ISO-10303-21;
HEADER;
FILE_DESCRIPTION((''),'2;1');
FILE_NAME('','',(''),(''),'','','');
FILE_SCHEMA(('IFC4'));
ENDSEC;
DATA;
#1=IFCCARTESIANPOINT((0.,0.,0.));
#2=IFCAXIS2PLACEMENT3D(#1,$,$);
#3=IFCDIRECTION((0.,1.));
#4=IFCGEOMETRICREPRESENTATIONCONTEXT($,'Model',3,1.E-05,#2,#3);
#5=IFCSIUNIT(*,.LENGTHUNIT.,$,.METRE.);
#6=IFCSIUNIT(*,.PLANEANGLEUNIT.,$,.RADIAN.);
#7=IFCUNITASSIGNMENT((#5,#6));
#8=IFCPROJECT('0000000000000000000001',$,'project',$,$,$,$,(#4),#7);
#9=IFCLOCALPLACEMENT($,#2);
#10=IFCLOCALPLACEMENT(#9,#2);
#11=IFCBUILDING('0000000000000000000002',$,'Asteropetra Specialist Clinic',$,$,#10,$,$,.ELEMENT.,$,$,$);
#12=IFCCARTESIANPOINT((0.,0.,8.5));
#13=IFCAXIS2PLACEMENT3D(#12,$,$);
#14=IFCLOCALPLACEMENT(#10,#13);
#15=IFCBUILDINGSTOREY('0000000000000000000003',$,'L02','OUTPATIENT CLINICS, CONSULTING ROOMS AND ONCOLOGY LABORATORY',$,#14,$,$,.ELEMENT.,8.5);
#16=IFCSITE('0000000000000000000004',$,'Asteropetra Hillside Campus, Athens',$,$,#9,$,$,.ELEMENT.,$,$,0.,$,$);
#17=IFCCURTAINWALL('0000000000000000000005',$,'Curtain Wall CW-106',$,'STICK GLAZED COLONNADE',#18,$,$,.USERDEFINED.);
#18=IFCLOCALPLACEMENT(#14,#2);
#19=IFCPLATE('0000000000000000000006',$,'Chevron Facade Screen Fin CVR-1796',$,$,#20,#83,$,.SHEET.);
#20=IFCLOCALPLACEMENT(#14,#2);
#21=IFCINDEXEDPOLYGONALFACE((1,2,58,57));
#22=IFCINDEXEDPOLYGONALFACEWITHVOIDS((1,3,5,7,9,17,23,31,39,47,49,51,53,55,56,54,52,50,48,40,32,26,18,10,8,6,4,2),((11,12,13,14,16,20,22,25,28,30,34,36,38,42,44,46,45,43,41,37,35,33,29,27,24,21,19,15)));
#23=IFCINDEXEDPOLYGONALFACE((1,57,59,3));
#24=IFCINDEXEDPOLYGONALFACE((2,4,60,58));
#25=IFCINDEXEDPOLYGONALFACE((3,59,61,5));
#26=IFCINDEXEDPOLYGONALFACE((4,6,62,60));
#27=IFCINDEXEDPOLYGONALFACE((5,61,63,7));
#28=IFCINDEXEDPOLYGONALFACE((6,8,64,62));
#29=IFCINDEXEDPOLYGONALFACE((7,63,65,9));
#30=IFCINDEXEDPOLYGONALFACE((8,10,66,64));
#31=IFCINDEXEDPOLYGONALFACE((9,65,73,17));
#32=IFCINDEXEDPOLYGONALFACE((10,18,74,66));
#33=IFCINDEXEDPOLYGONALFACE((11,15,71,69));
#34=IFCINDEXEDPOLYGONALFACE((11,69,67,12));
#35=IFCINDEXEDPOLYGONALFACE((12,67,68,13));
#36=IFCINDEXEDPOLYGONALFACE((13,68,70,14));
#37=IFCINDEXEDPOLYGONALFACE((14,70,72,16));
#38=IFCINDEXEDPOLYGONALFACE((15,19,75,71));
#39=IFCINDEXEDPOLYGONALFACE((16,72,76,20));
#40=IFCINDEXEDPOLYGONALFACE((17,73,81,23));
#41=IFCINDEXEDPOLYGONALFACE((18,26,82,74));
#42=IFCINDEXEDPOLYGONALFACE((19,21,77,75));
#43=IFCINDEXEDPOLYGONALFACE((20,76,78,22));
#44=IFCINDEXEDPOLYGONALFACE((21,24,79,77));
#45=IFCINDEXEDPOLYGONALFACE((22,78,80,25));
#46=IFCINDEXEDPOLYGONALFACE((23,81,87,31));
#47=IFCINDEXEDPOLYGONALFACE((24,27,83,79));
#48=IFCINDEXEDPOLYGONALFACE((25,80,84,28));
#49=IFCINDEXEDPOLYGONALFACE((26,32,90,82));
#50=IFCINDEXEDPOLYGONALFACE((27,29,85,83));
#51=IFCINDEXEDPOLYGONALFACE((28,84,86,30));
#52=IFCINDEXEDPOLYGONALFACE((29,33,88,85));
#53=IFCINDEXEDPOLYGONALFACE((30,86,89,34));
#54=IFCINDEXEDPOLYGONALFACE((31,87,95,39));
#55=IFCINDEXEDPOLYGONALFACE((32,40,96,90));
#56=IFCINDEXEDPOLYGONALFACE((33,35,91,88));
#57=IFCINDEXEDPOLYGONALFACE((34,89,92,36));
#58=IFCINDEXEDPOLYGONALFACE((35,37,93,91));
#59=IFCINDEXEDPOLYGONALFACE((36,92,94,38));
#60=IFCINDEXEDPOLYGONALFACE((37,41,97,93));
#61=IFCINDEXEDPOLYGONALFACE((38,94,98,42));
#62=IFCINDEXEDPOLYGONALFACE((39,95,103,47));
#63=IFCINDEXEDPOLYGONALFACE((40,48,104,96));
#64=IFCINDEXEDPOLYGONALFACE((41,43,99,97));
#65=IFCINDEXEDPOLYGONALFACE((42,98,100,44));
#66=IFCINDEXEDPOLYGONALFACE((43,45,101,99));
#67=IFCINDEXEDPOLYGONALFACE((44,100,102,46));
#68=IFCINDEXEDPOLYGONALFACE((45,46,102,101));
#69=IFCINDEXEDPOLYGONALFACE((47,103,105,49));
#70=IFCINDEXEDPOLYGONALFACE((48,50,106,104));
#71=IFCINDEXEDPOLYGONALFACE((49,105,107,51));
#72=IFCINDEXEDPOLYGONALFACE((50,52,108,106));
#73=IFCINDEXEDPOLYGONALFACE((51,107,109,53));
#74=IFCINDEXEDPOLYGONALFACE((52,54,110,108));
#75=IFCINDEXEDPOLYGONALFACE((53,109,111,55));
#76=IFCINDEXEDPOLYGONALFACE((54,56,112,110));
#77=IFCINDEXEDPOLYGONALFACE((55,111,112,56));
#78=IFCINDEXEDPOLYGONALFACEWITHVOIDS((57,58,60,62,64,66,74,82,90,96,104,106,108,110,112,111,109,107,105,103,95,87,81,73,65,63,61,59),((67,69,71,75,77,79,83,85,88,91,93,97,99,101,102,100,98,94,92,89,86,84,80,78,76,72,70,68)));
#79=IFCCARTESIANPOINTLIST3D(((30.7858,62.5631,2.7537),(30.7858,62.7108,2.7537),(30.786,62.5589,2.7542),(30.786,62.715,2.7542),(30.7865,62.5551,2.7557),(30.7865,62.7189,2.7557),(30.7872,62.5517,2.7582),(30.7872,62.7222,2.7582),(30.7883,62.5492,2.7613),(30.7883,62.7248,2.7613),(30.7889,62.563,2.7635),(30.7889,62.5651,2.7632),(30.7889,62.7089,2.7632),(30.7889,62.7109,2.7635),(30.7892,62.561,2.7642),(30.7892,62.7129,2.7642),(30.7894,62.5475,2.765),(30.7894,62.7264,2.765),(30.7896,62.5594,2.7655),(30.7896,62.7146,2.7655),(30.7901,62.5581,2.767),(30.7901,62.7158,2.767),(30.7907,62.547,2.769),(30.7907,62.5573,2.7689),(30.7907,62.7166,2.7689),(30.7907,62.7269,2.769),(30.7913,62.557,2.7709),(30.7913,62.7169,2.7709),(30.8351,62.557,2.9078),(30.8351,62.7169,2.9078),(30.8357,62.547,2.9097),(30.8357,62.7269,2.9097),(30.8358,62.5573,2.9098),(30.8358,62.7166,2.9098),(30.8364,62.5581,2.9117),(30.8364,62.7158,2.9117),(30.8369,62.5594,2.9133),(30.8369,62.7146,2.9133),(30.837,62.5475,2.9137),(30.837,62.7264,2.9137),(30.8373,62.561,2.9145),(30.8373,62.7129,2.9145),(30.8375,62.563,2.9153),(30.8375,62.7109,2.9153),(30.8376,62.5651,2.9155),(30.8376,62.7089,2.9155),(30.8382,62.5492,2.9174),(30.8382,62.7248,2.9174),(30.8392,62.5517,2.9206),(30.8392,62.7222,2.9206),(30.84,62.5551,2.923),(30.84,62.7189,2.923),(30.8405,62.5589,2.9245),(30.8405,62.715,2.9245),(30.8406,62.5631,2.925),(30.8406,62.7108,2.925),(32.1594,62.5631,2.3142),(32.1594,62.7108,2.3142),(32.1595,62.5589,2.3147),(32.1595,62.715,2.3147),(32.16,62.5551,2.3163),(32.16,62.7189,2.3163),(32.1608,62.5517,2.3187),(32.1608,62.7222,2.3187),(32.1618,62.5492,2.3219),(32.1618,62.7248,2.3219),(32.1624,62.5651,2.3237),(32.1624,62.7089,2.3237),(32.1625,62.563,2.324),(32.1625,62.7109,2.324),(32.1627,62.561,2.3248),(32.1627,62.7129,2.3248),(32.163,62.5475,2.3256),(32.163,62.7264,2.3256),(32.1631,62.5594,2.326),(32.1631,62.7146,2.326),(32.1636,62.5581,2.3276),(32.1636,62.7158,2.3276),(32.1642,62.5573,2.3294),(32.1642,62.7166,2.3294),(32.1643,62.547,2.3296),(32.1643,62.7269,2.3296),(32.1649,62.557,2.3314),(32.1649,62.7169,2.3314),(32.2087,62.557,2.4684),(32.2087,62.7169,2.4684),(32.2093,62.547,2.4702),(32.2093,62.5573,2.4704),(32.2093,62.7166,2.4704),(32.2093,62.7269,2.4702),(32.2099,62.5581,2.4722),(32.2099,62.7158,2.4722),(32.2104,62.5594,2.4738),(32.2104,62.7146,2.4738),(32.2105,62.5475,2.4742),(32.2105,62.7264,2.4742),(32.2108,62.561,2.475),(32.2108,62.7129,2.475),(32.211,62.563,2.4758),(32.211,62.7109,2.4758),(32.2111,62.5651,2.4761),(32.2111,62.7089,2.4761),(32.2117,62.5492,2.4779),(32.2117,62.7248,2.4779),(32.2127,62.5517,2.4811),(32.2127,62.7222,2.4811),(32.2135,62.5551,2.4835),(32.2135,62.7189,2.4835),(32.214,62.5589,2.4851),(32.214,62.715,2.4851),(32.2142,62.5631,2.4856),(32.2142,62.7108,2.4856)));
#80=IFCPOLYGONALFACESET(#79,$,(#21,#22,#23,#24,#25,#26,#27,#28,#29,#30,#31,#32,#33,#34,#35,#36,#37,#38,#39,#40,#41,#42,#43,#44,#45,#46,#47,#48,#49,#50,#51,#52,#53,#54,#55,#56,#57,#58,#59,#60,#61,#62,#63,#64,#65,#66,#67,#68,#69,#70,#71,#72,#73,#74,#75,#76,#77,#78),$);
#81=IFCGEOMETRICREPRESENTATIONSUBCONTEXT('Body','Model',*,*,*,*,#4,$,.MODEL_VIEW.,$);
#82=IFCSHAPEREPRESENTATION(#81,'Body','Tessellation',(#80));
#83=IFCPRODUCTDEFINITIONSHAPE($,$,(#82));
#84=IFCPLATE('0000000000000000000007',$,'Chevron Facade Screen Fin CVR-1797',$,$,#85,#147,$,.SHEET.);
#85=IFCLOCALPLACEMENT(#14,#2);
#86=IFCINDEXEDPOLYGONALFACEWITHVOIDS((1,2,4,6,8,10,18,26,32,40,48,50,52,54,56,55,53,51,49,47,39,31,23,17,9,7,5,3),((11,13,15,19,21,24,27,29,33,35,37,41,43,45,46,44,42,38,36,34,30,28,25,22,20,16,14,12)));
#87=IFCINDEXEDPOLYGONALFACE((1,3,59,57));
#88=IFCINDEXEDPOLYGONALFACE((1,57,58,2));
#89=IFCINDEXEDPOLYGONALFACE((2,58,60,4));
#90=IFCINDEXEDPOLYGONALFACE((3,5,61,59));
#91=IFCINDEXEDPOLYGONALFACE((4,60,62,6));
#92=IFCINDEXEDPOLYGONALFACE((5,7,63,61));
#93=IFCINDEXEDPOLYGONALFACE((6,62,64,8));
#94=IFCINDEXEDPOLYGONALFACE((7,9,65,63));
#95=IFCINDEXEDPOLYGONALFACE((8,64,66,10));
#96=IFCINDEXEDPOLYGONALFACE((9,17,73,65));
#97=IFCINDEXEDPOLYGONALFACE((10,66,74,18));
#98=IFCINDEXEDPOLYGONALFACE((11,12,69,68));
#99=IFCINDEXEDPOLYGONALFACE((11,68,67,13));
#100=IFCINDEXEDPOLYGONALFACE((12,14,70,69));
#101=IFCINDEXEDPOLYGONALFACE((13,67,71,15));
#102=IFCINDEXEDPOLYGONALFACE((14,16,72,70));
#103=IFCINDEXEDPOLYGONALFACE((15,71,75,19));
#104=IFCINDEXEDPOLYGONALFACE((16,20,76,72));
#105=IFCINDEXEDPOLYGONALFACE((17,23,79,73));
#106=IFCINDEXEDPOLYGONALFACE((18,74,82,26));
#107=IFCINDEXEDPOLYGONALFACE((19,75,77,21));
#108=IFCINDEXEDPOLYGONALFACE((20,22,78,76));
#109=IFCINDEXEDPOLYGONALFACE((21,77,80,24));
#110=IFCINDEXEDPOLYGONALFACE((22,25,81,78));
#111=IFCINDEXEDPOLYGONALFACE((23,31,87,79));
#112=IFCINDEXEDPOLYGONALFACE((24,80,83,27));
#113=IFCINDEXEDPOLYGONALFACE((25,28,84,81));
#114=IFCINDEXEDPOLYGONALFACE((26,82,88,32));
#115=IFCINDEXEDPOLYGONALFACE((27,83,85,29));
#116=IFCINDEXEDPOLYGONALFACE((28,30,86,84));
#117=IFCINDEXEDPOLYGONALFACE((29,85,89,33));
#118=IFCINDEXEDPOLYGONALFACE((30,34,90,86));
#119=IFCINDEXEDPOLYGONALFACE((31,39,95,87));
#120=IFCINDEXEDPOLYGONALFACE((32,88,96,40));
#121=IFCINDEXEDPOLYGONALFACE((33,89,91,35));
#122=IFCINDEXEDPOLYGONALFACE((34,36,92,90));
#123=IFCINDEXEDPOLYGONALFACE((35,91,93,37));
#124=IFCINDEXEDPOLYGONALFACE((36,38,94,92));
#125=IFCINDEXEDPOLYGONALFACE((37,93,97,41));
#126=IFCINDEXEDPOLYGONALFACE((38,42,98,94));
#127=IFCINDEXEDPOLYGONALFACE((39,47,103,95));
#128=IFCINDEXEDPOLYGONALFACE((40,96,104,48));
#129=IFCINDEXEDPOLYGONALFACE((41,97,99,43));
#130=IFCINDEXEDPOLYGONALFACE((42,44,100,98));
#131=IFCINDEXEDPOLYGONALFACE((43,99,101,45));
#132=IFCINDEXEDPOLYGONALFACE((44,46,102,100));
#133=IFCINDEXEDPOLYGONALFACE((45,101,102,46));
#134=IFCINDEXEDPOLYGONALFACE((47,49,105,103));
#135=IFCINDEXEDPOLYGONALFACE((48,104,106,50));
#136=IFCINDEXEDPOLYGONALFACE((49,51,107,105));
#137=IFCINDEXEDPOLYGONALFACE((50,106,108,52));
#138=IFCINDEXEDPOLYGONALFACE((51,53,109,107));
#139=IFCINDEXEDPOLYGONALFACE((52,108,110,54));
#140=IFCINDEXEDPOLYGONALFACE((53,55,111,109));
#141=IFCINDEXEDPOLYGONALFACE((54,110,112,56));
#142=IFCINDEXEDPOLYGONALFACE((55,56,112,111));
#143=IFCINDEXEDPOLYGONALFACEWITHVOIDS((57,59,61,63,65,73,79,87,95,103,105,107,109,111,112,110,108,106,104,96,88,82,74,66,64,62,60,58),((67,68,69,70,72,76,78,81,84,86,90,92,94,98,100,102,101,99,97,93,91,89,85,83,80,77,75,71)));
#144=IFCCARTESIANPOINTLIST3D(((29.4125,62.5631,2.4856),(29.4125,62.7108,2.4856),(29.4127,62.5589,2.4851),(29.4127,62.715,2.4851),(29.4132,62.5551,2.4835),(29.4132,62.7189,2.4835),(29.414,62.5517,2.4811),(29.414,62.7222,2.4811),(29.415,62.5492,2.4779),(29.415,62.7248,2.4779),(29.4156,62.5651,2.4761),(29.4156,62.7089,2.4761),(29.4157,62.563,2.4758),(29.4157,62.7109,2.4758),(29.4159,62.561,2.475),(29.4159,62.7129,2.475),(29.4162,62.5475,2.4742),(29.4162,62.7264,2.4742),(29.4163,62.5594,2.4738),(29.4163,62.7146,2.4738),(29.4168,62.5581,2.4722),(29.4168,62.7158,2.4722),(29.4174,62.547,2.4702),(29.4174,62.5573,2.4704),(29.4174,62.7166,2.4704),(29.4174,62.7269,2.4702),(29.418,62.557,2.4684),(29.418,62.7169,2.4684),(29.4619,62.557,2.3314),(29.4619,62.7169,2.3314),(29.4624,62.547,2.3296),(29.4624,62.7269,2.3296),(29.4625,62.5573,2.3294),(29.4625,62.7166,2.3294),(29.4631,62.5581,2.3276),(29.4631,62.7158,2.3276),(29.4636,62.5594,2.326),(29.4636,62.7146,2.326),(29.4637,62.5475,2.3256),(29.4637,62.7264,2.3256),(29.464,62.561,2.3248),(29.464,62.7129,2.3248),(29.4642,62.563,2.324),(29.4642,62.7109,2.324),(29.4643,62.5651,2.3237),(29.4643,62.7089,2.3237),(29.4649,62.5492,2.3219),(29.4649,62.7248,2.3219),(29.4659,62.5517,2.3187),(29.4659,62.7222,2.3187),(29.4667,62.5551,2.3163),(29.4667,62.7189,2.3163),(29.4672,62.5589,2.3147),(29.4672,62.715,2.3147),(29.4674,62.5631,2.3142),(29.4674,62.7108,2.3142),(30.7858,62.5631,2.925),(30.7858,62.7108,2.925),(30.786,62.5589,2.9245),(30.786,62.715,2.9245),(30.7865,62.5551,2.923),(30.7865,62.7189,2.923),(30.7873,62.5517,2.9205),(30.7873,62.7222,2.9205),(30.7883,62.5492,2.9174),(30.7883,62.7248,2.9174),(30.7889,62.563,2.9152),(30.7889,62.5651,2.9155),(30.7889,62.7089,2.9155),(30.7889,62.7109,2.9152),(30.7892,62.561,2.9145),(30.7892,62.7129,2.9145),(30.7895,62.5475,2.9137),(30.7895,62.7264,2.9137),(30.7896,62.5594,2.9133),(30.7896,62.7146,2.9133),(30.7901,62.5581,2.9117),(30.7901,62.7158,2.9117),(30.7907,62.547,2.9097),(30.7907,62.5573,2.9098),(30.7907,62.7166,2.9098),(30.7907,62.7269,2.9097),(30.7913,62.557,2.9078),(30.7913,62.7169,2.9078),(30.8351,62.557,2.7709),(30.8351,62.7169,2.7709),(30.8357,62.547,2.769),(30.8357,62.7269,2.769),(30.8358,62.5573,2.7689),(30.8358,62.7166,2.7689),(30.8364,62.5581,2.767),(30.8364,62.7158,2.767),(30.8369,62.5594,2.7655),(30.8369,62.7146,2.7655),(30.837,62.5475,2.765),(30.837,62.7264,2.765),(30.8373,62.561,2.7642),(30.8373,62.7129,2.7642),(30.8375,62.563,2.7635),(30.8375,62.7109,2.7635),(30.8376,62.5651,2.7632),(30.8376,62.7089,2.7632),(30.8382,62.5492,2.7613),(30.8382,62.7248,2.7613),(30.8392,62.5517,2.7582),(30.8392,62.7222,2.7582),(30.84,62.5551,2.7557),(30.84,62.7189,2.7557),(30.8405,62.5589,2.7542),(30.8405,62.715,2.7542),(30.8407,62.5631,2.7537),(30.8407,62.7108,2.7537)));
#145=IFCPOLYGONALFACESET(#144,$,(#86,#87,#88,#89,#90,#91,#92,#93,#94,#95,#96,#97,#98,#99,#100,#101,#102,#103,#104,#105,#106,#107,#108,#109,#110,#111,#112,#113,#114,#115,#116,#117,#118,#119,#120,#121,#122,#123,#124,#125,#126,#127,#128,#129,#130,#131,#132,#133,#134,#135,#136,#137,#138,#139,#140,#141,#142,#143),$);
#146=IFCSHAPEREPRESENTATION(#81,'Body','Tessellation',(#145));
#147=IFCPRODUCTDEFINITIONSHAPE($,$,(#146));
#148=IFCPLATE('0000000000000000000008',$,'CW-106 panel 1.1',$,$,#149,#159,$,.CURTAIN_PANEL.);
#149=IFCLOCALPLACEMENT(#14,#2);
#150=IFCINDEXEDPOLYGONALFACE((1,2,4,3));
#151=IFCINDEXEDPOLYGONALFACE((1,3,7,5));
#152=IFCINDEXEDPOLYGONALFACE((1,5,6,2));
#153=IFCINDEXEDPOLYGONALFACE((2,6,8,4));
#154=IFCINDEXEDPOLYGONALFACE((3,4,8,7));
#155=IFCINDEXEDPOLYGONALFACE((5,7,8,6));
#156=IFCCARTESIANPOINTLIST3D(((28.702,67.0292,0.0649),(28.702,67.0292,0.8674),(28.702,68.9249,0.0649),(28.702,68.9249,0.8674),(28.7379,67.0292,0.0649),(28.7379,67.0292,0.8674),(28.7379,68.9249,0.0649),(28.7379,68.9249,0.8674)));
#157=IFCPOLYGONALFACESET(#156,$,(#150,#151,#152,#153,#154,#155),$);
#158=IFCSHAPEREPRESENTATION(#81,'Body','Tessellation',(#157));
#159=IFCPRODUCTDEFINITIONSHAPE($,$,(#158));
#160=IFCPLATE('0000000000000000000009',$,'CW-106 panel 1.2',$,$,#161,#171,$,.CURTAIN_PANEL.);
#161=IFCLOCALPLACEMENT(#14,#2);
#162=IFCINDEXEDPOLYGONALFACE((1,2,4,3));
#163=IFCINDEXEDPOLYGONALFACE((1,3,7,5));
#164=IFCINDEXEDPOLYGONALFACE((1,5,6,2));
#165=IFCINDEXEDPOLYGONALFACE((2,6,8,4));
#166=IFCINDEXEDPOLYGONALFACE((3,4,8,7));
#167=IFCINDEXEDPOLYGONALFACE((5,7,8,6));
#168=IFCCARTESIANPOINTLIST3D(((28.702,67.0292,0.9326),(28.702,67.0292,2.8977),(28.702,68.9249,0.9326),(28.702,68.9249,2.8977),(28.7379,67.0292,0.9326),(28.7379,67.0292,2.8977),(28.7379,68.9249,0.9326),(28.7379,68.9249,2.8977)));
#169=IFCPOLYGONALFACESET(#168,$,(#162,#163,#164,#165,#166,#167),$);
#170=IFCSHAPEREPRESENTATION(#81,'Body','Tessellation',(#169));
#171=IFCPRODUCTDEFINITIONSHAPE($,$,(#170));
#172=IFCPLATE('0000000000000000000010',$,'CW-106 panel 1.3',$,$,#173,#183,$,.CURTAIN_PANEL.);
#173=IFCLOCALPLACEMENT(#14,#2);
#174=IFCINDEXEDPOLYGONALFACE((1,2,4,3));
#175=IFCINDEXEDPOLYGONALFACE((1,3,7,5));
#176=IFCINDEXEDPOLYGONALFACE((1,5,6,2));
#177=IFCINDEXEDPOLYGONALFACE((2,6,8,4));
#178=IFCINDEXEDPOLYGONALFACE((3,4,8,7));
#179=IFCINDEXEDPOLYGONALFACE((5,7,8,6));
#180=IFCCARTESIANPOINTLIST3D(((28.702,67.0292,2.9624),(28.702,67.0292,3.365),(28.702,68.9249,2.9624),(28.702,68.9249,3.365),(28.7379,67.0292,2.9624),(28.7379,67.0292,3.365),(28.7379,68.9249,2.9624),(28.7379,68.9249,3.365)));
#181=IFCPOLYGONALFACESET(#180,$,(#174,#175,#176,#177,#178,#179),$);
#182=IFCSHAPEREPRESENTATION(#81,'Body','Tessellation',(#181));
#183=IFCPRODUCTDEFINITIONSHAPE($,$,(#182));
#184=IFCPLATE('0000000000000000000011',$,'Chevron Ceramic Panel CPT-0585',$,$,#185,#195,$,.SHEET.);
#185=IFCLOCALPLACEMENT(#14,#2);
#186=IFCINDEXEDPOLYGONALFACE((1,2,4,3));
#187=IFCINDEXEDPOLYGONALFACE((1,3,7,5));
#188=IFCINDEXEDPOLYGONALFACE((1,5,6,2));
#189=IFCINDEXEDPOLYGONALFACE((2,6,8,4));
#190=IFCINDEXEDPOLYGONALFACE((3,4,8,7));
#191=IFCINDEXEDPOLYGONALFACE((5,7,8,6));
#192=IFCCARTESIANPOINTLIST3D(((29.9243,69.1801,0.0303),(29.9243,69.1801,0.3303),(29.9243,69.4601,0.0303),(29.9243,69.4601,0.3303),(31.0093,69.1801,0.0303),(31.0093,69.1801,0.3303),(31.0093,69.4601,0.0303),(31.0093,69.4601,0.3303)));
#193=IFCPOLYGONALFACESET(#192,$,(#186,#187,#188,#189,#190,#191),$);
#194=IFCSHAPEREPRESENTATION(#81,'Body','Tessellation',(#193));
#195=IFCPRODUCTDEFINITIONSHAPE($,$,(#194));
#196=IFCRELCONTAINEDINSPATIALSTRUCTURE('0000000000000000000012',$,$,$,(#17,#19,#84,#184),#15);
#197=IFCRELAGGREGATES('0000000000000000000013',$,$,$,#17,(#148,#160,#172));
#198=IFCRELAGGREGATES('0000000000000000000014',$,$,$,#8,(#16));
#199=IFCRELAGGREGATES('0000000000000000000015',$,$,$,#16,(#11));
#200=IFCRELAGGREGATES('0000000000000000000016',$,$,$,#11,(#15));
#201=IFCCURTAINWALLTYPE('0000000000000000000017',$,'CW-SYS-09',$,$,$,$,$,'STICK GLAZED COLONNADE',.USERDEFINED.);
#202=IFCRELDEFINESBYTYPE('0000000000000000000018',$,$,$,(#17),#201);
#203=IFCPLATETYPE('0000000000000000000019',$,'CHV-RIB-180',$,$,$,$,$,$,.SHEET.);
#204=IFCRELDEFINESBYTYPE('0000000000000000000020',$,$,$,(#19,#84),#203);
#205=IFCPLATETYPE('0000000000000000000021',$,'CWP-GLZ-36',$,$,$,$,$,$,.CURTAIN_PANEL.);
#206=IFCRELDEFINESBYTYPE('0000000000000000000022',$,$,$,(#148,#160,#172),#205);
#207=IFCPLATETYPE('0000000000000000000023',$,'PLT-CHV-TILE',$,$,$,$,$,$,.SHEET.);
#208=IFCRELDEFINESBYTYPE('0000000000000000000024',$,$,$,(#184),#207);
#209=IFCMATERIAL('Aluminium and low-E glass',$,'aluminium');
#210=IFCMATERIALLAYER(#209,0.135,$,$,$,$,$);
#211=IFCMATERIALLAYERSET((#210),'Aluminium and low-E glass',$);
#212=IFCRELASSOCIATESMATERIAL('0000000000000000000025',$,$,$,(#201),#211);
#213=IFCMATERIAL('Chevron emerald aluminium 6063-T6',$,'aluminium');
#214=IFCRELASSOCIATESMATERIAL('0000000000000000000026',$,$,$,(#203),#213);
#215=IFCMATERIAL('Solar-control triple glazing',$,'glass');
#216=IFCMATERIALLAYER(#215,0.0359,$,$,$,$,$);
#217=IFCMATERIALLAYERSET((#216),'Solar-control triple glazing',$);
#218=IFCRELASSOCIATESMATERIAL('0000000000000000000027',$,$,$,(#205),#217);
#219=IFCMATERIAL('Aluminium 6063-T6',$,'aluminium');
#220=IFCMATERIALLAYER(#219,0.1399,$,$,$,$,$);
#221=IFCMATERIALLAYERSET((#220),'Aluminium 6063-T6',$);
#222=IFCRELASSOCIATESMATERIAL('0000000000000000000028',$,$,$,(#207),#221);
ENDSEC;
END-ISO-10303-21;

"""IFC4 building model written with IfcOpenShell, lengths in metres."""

from ifc_helpers import new_model, si_unit, direction, frame, origin, origin_2d, place, context, subcontext, project, spatial, rectangle, hollow_rectangle, extrude, material, layer, layer_set, material_profile, profile_set, type_object, element, aggregate, save


model = new_model("IFC4")

# Units and contexts
model_context = context("Model", 3, precision=1e-05, world=origin(), true_north=direction((0.0, 1.0)))
body_context = subcontext(model_context, "Body", "Model", "MODEL_VIEW")
ifc_project = project(units=[si_unit("LENGTHUNIT", "METRE"), si_unit("PLANEANGLEUNIT", "RADIAN")], contexts=[model_context])

# Site, building, storey
site_placement = place(None, origin())
site = spatial("IfcSite", under=ifc_project, at=site_placement, Name="Asteropetra Hillside Campus, Athens", CompositionType="ELEMENT", RefElevation=0.0)
building_placement = place(site_placement, origin())
building = spatial("IfcBuilding", under=site, at=building_placement, Name="Asteropetra Specialist Clinic", CompositionType="ELEMENT")
storey_placement = place(building_placement, frame((0.0, 0.0, 8.5)))
storey = spatial("IfcBuildingStorey", under=building, at=storey_placement, Name="L02", Description="OUTPATIENT CLINICS, CONSULTING ROOMS AND ONCOLOGY LABORATORY", CompositionType="ELEMENT", Elevation=8.5)

# Curtain wall
ifc_material_1 = material(Name="Aluminium and low-E glass", Category="aluminium")
ifc_layer_1 = layer(ifc_material_1, 0.135)
ifc_layer_set_1 = layer_set([ifc_layer_1], Name="Aluminium and low-E glass")
curtain_wall_type = type_object("IfcCurtainWallType", Name="CW-SYS-09", ElementType="STICK GLAZED COLONNADE", PredefinedType="USERDEFINED", material=ifc_layer_set_1)
curtain_wall_placement = place(storey_placement, origin())
curtain_wall = element("IfcCurtainWall", 1, at=curtain_wall_placement, inside=storey, type_object=curtain_wall_type, Name="Curtain Wall CW-106", ObjectType="STICK GLAZED COLONNADE", PredefinedType="USERDEFINED")

# Plates
ifc_material_2 = material(Name="Chevron emerald aluminium 6063-T6", Category="aluminium")
ifc_material_profile_1 = material_profile(ifc_material_2, hollow_rectangle(XDim=0.1799, YDim=0.1799, WallThickness=0.01, InnerFilletRadius=0.0081, OuterFilletRadius=0.0161, at=origin_2d()), Name="SHS 180x180x10.0")
ifc_profile_set_1 = profile_set([ifc_material_profile_1], Name="Chevron emerald aluminium 6063-T6")
plate_type_1 = type_object("IfcPlateType", Name="CHV-RIB-180", PredefinedType="SHEET", material=ifc_profile_set_1)
for number, where, z_axis, x_axis, name in (
    (2, (32.1868, 62.637, 2.3999), (-0.95244, 0.0, 0.304727), (0.0, -1.0, 0.0), "Chevron Facade Screen Fin CVR-1796"),
):
    element("IfcPlate", number, at=place(storey_placement, frame(where, z_axis=z_axis, x_axis=x_axis)), inside=storey, type_object=plate_type_1, Name=name, PredefinedType="SHEET", context=body_context, shape_type="SweptSolid", body=[
        extrude(hollow_rectangle(XDim=0.1799, YDim=0.1799, WallThickness=0.01, InnerFilletRadius=0.0081, OuterFilletRadius=0.0161, at=origin_2d()), origin(), (0.0, 0.0, 1.0), 1.4421),
    ])
plate_1_placement = place(storey_placement, frame((30.8132, 62.637, 2.8394), z_axis=(-0.952424, 0.0, -0.304776), x_axis=(0.0, -1.0, 0.0)))
element("IfcPlate", 3, at=plate_1_placement, inside=storey, type_object=plate_type_1, Name="Chevron Facade Screen Fin CVR-1797", PredefinedType="SHEET", context=body_context, shape_type="SweptSolid", body=[
    extrude(hollow_rectangle(XDim=0.1799, YDim=0.1799, WallThickness=0.01, InnerFilletRadius=0.0081, OuterFilletRadius=0.0161, at=origin_2d()), origin(), (0.0, 0.0, 1.0), 1.4419),
])

# Plates
ifc_material_3 = material(Name="Solar-control triple glazing", Category="glass")
ifc_layer_2 = layer(ifc_material_3, 0.0359)
ifc_layer_set_2 = layer_set([ifc_layer_2], Name="Solar-control triple glazing")
plate_type_2 = type_object("IfcPlateType", Name="CWP-GLZ-36", PredefinedType="CURTAIN_PANEL", material=ifc_layer_set_2)
plate_2_placement = place(storey_placement, frame((28.72, 67.9771, 0.0649), z_axis=(0.0, 0.0, 1.0), x_axis=(0.0, -1.0, 0.0)))
plate_2 = element("IfcPlate", 4, at=plate_2_placement, type_object=plate_type_2, Name="CW-106 panel 1.1", PredefinedType="CURTAIN_PANEL", context=body_context, shape_type="SweptSolid", body=[
    extrude(rectangle(XDim=1.8958, YDim=0.0359, at=origin_2d()), origin(), (0.0, 0.0, 1.0), 0.8025),
])
plate_3_placement = place(storey_placement, frame((28.72, 67.9771, 0.9326), z_axis=(0.0, 0.0, 1.0), x_axis=(0.0, -1.0, 0.0)))
plate_3 = element("IfcPlate", 5, at=plate_3_placement, type_object=plate_type_2, Name="CW-106 panel 1.2", PredefinedType="CURTAIN_PANEL", context=body_context, shape_type="SweptSolid", body=[
    extrude(rectangle(XDim=1.8958, YDim=0.0359, at=origin_2d()), origin(), (0.0, 0.0, 1.0), 1.9651),
])
plate_4_placement = place(storey_placement, frame((28.72, 67.9771, 2.9624), z_axis=(0.0, 0.0, 1.0), x_axis=(0.0, -1.0, 0.0)))
plate_4 = element("IfcPlate", 6, at=plate_4_placement, type_object=plate_type_2, Name="CW-106 panel 1.3", PredefinedType="CURTAIN_PANEL", context=body_context, shape_type="SweptSolid", body=[
    extrude(rectangle(XDim=1.8958, YDim=0.0359, at=origin_2d()), origin(), (0.0, 0.0, 1.0), 0.4026),
])
aggregate(curtain_wall, [plate_2, plate_3, plate_4])

# Plate
ifc_material_4 = material(Name="Aluminium 6063-T6", Category="aluminium")
ifc_layer_3 = layer(ifc_material_4, 0.1399)
ifc_layer_set_3 = layer_set([ifc_layer_3], Name="Aluminium 6063-T6")
plate_type_3 = type_object("IfcPlateType", Name="PLT-CHV-TILE", PredefinedType="SHEET", material=ifc_layer_set_3)
for number, where, z_axis, x_axis, name in (
    (7, (30.4668, 69.3201, 0.0303), (0.0, 0.0, 1.0), (1.0, 0.0, 0.0), "Chevron Ceramic Panel CPT-0585"),
):
    element("IfcPlate", number, at=place(storey_placement, frame(where, z_axis=z_axis, x_axis=x_axis)), inside=storey, type_object=plate_type_3, Name=name, PredefinedType="SHEET", context=body_context, shape_type="SweptSolid", body=[
        extrude(rectangle(XDim=1.085, YDim=0.28, at=origin_2d()), origin(), (0.0, 0.0, 1.0), 0.3),
    ])

save(model, "model.ifc")
